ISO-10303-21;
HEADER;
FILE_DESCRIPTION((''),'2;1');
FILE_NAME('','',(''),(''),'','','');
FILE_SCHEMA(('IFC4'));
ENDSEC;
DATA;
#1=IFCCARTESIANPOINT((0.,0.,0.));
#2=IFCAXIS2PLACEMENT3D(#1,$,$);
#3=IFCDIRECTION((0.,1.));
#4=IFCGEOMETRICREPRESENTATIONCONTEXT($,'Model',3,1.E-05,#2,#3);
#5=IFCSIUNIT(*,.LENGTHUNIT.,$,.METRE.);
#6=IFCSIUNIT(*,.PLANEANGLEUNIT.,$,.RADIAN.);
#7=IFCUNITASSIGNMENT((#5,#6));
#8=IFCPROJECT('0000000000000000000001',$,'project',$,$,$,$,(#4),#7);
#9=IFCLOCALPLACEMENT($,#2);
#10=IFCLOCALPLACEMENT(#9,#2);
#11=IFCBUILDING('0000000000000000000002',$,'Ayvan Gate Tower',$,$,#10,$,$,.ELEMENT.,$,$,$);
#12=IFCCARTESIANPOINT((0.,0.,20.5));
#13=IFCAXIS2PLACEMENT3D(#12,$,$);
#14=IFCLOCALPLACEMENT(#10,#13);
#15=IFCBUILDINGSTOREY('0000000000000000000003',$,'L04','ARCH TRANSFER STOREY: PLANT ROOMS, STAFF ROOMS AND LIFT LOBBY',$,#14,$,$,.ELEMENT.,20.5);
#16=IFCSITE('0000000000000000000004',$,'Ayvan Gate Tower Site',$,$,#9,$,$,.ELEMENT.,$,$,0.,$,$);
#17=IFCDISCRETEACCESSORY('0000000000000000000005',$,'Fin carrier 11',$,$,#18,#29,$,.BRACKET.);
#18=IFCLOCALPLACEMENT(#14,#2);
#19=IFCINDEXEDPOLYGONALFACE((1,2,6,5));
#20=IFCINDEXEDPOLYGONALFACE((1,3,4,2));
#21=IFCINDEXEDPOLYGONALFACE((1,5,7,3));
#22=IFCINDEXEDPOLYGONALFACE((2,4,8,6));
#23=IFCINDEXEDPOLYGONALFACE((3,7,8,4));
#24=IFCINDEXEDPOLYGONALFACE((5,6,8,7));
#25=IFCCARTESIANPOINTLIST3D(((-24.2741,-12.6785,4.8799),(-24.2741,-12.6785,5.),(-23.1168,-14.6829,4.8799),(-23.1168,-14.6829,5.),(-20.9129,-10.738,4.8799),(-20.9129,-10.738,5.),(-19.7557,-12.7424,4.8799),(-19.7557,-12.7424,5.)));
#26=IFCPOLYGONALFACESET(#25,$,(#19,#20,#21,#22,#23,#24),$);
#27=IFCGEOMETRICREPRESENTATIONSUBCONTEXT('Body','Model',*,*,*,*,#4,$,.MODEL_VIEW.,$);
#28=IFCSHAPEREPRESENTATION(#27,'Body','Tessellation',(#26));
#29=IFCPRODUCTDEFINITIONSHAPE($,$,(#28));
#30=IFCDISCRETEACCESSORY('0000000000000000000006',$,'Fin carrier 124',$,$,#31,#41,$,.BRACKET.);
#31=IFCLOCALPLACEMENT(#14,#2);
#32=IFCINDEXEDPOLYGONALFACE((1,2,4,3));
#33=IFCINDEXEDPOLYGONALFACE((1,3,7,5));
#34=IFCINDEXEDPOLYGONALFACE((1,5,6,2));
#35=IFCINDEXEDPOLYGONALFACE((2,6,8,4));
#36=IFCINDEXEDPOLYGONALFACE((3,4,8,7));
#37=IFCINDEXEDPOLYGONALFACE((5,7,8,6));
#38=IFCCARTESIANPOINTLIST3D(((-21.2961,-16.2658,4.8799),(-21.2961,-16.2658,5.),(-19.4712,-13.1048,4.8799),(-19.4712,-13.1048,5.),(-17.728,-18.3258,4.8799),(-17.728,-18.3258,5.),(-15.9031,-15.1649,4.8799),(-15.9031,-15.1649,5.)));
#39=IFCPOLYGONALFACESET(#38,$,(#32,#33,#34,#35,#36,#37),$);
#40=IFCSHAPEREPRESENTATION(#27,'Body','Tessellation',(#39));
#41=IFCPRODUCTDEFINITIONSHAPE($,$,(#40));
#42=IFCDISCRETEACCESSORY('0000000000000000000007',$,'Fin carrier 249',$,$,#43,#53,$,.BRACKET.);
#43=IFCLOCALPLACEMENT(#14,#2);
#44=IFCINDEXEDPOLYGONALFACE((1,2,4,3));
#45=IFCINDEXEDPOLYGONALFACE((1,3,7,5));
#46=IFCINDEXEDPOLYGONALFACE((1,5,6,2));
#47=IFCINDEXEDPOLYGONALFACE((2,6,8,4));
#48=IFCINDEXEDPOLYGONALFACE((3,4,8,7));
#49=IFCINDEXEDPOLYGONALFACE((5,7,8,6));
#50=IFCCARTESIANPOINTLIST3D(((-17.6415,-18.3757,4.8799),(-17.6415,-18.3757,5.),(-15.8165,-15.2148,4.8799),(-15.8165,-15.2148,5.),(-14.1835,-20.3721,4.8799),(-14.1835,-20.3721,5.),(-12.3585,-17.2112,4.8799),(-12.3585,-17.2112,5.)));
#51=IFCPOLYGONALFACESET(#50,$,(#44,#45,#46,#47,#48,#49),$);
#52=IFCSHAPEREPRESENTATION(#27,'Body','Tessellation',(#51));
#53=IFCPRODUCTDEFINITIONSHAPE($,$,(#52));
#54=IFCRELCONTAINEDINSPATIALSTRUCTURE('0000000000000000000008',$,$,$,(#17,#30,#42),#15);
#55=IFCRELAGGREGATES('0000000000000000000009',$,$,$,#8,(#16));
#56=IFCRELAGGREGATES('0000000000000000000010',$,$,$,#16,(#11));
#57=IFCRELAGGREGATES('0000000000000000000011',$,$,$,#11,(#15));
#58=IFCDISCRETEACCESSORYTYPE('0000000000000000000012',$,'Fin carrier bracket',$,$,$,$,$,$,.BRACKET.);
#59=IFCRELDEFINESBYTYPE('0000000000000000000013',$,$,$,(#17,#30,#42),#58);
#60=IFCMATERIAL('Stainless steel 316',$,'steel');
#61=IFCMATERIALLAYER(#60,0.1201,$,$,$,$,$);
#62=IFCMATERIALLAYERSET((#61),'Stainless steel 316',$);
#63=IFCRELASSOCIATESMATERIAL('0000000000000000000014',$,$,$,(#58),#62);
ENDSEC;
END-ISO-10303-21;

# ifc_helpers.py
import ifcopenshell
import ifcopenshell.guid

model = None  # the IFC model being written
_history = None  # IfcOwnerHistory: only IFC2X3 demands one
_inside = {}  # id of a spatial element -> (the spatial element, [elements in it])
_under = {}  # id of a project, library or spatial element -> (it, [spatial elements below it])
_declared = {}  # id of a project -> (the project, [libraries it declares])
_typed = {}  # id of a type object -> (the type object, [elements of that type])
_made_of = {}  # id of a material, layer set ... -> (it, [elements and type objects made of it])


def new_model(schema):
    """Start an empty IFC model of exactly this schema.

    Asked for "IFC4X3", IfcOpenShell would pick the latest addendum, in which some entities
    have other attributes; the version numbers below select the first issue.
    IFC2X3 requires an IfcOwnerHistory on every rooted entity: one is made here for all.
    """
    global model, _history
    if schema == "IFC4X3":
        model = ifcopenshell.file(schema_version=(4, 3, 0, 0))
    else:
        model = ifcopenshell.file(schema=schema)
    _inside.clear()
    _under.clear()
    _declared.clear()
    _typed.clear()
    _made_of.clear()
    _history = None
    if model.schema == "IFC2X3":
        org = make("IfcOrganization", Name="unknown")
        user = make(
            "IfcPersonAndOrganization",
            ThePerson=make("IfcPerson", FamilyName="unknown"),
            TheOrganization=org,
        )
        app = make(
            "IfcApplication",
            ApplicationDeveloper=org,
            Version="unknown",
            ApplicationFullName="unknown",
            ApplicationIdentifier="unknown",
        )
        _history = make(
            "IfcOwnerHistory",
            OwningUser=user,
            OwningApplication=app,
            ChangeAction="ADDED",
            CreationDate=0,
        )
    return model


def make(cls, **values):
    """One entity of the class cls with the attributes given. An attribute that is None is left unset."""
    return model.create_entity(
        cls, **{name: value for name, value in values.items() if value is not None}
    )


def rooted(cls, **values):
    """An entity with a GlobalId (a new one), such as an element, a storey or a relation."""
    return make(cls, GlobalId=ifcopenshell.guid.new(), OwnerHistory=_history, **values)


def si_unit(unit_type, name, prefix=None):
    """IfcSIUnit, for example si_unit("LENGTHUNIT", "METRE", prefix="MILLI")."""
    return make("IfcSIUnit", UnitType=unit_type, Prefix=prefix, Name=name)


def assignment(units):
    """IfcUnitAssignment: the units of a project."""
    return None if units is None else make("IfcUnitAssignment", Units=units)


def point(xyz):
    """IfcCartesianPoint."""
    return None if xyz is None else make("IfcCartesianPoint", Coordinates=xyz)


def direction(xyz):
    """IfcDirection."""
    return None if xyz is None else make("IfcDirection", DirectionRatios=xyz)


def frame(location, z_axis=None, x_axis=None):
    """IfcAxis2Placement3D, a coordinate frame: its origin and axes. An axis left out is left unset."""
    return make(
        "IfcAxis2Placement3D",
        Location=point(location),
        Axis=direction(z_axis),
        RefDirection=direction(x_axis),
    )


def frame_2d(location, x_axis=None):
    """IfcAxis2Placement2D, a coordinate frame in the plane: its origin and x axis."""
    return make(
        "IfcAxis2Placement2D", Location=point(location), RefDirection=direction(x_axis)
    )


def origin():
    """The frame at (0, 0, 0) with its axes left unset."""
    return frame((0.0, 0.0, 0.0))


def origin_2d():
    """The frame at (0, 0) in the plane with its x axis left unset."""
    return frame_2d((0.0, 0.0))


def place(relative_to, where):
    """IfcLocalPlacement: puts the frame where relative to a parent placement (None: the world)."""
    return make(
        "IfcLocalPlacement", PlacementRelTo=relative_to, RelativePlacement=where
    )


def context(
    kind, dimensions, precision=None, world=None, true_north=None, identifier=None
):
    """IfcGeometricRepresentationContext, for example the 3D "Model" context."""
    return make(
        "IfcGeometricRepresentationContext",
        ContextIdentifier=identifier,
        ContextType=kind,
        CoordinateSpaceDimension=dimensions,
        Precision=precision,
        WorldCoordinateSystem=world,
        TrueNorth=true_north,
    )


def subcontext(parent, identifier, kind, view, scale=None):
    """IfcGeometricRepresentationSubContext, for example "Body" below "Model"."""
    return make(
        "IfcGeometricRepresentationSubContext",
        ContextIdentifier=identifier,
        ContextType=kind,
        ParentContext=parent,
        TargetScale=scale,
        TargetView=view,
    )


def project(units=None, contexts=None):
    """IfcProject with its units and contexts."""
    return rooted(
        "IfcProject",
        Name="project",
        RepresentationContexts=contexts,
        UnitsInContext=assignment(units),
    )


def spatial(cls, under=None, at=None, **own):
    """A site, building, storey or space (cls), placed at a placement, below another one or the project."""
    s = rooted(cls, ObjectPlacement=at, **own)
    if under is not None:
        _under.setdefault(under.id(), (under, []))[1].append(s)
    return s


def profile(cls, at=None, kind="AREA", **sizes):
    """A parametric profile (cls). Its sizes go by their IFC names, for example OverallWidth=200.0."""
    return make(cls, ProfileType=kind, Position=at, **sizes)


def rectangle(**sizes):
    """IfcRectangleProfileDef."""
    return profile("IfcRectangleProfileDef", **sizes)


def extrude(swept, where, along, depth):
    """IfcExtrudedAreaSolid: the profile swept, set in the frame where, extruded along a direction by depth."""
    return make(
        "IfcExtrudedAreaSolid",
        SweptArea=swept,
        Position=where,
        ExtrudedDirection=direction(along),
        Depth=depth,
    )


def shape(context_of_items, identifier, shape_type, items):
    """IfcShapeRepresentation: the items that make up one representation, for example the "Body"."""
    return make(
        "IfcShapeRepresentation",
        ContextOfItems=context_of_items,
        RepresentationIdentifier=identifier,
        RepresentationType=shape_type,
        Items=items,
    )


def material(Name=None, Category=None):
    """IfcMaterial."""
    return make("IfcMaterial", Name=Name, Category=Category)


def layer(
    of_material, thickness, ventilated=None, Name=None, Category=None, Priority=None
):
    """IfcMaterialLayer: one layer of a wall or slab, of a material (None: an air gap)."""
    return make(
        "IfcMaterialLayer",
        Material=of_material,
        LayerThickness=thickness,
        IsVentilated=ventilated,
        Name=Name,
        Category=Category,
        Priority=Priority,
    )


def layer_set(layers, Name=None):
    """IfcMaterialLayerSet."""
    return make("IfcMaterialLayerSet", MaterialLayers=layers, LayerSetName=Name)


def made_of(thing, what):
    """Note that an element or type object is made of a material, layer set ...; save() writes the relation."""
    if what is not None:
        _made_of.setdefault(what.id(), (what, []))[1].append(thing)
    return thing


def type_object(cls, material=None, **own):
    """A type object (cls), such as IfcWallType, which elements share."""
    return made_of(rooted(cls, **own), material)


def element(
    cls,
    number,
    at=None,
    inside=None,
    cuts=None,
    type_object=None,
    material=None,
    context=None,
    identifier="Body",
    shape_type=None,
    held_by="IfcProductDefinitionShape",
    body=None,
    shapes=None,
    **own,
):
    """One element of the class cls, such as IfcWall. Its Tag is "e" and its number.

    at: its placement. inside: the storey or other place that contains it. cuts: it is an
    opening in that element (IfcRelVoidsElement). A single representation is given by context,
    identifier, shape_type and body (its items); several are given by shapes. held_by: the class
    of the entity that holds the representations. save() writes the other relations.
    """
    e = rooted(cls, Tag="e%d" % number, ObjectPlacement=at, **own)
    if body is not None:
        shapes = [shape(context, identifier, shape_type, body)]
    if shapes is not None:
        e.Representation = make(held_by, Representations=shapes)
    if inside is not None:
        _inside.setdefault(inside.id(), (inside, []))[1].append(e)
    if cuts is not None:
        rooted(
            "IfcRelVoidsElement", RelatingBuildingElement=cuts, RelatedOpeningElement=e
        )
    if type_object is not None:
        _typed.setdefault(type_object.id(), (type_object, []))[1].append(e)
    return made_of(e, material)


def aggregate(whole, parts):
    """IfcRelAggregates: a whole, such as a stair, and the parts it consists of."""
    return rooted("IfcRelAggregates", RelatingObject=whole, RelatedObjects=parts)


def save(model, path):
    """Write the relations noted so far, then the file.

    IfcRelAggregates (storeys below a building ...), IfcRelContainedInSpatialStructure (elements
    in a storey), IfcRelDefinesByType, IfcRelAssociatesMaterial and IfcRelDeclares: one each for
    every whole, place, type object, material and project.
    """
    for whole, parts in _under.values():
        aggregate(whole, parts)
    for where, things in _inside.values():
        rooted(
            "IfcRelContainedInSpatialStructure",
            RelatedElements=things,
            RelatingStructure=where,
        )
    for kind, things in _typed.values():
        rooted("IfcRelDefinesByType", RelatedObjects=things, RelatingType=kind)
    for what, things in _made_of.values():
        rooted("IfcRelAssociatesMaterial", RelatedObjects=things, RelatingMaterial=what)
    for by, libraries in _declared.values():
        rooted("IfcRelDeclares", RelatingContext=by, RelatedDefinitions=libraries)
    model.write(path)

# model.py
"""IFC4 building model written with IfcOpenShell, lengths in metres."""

from ifc_helpers import new_model, si_unit, direction, frame, origin, origin_2d, place, context, subcontext, project, spatial, rectangle, extrude, material, layer, layer_set, type_object, element, save


model = new_model("IFC4")

# Units and contexts
model_context = context("Model", 3, precision=1e-05, world=origin(), true_north=direction((0.0, 1.0)))
body_context = subcontext(model_context, "Body", "Model", "MODEL_VIEW")
ifc_project = project(units=[si_unit("LENGTHUNIT", "METRE"), si_unit("PLANEANGLEUNIT", "RADIAN")], contexts=[model_context])

# Site, building, storey
site_placement = place(None, origin())
site = spatial("IfcSite", under=ifc_project, at=site_placement, Name="Ayvan Gate Tower Site", CompositionType="ELEMENT", RefElevation=0.0)
building_placement = place(site_placement, origin())
building = spatial("IfcBuilding", under=site, at=building_placement, Name="Ayvan Gate Tower", CompositionType="ELEMENT")
storey_placement = place(building_placement, frame((0.0, 0.0, 20.5)))
storey = spatial("IfcBuildingStorey", under=building, at=storey_placement, Name="L04", Description="ARCH TRANSFER STOREY: PLANT ROOMS, STAFF ROOMS AND LIFT LOBBY", CompositionType="ELEMENT", Elevation=20.5)

# Discrete accessories
ifc_material_1 = material(Name="Stainless steel 316", Category="steel")
ifc_layer_1 = layer(ifc_material_1, 0.1201)
ifc_layer_set_1 = layer_set([ifc_layer_1], Name="Stainless steel 316")
discrete_accessory_type_1 = type_object("IfcDiscreteAccessoryType", Name="Fin carrier bracket", PredefinedType="BRACKET", material=ifc_layer_set_1)
discrete_accessory_1_placement = place(storey_placement, frame((-22.0149, -12.7104, 4.8799), z_axis=(0.0, 0.0, 1.0), x_axis=(0.5, -0.866025, 0.0)))
element("IfcDiscreteAccessory", 1, at=discrete_accessory_1_placement, inside=storey, type_object=discrete_accessory_type_1, Name="Fin carrier 11", PredefinedType="BRACKET", context=body_context, shape_type="SweptSolid", body=[
    extrude(rectangle(XDim=2.3145, YDim=3.8811, at=origin_2d()), origin(), (0.0, 0.0, 1.0), 0.1201),
])
discrete_accessory_2_placement = place(storey_placement, frame((-18.5996, -15.7153, 4.8799), z_axis=(0.0, 0.0, 1.0), x_axis=(0.866025, -0.5, 0.0)))
element("IfcDiscreteAccessory", 2, at=discrete_accessory_2_placement, inside=storey, type_object=discrete_accessory_type_1, Name="Fin carrier 124", PredefinedType="BRACKET", context=body_context, shape_type="SweptSolid", body=[
    extrude(rectangle(XDim=4.1201, YDim=3.6499, at=origin_2d()), origin(), (0.0, 0.0, 1.0), 0.1201),
])
discrete_accessory_3_placement = place(storey_placement, frame((-15.0, -17.7935, 4.8799), z_axis=(0.0, 0.0, 1.0), x_axis=(0.866025, -0.5, 0.0)))
element("IfcDiscreteAccessory", 3, at=discrete_accessory_3_placement, inside=storey, type_object=discrete_accessory_type_1, Name="Fin carrier 249", PredefinedType="BRACKET", context=body_context, shape_type="SweptSolid", body=[
    extrude(rectangle(XDim=3.9929, YDim=3.6499, at=origin_2d()), origin(), (0.0, 0.0, 1.0), 0.1201),
])

save(model, "model.ifc")
